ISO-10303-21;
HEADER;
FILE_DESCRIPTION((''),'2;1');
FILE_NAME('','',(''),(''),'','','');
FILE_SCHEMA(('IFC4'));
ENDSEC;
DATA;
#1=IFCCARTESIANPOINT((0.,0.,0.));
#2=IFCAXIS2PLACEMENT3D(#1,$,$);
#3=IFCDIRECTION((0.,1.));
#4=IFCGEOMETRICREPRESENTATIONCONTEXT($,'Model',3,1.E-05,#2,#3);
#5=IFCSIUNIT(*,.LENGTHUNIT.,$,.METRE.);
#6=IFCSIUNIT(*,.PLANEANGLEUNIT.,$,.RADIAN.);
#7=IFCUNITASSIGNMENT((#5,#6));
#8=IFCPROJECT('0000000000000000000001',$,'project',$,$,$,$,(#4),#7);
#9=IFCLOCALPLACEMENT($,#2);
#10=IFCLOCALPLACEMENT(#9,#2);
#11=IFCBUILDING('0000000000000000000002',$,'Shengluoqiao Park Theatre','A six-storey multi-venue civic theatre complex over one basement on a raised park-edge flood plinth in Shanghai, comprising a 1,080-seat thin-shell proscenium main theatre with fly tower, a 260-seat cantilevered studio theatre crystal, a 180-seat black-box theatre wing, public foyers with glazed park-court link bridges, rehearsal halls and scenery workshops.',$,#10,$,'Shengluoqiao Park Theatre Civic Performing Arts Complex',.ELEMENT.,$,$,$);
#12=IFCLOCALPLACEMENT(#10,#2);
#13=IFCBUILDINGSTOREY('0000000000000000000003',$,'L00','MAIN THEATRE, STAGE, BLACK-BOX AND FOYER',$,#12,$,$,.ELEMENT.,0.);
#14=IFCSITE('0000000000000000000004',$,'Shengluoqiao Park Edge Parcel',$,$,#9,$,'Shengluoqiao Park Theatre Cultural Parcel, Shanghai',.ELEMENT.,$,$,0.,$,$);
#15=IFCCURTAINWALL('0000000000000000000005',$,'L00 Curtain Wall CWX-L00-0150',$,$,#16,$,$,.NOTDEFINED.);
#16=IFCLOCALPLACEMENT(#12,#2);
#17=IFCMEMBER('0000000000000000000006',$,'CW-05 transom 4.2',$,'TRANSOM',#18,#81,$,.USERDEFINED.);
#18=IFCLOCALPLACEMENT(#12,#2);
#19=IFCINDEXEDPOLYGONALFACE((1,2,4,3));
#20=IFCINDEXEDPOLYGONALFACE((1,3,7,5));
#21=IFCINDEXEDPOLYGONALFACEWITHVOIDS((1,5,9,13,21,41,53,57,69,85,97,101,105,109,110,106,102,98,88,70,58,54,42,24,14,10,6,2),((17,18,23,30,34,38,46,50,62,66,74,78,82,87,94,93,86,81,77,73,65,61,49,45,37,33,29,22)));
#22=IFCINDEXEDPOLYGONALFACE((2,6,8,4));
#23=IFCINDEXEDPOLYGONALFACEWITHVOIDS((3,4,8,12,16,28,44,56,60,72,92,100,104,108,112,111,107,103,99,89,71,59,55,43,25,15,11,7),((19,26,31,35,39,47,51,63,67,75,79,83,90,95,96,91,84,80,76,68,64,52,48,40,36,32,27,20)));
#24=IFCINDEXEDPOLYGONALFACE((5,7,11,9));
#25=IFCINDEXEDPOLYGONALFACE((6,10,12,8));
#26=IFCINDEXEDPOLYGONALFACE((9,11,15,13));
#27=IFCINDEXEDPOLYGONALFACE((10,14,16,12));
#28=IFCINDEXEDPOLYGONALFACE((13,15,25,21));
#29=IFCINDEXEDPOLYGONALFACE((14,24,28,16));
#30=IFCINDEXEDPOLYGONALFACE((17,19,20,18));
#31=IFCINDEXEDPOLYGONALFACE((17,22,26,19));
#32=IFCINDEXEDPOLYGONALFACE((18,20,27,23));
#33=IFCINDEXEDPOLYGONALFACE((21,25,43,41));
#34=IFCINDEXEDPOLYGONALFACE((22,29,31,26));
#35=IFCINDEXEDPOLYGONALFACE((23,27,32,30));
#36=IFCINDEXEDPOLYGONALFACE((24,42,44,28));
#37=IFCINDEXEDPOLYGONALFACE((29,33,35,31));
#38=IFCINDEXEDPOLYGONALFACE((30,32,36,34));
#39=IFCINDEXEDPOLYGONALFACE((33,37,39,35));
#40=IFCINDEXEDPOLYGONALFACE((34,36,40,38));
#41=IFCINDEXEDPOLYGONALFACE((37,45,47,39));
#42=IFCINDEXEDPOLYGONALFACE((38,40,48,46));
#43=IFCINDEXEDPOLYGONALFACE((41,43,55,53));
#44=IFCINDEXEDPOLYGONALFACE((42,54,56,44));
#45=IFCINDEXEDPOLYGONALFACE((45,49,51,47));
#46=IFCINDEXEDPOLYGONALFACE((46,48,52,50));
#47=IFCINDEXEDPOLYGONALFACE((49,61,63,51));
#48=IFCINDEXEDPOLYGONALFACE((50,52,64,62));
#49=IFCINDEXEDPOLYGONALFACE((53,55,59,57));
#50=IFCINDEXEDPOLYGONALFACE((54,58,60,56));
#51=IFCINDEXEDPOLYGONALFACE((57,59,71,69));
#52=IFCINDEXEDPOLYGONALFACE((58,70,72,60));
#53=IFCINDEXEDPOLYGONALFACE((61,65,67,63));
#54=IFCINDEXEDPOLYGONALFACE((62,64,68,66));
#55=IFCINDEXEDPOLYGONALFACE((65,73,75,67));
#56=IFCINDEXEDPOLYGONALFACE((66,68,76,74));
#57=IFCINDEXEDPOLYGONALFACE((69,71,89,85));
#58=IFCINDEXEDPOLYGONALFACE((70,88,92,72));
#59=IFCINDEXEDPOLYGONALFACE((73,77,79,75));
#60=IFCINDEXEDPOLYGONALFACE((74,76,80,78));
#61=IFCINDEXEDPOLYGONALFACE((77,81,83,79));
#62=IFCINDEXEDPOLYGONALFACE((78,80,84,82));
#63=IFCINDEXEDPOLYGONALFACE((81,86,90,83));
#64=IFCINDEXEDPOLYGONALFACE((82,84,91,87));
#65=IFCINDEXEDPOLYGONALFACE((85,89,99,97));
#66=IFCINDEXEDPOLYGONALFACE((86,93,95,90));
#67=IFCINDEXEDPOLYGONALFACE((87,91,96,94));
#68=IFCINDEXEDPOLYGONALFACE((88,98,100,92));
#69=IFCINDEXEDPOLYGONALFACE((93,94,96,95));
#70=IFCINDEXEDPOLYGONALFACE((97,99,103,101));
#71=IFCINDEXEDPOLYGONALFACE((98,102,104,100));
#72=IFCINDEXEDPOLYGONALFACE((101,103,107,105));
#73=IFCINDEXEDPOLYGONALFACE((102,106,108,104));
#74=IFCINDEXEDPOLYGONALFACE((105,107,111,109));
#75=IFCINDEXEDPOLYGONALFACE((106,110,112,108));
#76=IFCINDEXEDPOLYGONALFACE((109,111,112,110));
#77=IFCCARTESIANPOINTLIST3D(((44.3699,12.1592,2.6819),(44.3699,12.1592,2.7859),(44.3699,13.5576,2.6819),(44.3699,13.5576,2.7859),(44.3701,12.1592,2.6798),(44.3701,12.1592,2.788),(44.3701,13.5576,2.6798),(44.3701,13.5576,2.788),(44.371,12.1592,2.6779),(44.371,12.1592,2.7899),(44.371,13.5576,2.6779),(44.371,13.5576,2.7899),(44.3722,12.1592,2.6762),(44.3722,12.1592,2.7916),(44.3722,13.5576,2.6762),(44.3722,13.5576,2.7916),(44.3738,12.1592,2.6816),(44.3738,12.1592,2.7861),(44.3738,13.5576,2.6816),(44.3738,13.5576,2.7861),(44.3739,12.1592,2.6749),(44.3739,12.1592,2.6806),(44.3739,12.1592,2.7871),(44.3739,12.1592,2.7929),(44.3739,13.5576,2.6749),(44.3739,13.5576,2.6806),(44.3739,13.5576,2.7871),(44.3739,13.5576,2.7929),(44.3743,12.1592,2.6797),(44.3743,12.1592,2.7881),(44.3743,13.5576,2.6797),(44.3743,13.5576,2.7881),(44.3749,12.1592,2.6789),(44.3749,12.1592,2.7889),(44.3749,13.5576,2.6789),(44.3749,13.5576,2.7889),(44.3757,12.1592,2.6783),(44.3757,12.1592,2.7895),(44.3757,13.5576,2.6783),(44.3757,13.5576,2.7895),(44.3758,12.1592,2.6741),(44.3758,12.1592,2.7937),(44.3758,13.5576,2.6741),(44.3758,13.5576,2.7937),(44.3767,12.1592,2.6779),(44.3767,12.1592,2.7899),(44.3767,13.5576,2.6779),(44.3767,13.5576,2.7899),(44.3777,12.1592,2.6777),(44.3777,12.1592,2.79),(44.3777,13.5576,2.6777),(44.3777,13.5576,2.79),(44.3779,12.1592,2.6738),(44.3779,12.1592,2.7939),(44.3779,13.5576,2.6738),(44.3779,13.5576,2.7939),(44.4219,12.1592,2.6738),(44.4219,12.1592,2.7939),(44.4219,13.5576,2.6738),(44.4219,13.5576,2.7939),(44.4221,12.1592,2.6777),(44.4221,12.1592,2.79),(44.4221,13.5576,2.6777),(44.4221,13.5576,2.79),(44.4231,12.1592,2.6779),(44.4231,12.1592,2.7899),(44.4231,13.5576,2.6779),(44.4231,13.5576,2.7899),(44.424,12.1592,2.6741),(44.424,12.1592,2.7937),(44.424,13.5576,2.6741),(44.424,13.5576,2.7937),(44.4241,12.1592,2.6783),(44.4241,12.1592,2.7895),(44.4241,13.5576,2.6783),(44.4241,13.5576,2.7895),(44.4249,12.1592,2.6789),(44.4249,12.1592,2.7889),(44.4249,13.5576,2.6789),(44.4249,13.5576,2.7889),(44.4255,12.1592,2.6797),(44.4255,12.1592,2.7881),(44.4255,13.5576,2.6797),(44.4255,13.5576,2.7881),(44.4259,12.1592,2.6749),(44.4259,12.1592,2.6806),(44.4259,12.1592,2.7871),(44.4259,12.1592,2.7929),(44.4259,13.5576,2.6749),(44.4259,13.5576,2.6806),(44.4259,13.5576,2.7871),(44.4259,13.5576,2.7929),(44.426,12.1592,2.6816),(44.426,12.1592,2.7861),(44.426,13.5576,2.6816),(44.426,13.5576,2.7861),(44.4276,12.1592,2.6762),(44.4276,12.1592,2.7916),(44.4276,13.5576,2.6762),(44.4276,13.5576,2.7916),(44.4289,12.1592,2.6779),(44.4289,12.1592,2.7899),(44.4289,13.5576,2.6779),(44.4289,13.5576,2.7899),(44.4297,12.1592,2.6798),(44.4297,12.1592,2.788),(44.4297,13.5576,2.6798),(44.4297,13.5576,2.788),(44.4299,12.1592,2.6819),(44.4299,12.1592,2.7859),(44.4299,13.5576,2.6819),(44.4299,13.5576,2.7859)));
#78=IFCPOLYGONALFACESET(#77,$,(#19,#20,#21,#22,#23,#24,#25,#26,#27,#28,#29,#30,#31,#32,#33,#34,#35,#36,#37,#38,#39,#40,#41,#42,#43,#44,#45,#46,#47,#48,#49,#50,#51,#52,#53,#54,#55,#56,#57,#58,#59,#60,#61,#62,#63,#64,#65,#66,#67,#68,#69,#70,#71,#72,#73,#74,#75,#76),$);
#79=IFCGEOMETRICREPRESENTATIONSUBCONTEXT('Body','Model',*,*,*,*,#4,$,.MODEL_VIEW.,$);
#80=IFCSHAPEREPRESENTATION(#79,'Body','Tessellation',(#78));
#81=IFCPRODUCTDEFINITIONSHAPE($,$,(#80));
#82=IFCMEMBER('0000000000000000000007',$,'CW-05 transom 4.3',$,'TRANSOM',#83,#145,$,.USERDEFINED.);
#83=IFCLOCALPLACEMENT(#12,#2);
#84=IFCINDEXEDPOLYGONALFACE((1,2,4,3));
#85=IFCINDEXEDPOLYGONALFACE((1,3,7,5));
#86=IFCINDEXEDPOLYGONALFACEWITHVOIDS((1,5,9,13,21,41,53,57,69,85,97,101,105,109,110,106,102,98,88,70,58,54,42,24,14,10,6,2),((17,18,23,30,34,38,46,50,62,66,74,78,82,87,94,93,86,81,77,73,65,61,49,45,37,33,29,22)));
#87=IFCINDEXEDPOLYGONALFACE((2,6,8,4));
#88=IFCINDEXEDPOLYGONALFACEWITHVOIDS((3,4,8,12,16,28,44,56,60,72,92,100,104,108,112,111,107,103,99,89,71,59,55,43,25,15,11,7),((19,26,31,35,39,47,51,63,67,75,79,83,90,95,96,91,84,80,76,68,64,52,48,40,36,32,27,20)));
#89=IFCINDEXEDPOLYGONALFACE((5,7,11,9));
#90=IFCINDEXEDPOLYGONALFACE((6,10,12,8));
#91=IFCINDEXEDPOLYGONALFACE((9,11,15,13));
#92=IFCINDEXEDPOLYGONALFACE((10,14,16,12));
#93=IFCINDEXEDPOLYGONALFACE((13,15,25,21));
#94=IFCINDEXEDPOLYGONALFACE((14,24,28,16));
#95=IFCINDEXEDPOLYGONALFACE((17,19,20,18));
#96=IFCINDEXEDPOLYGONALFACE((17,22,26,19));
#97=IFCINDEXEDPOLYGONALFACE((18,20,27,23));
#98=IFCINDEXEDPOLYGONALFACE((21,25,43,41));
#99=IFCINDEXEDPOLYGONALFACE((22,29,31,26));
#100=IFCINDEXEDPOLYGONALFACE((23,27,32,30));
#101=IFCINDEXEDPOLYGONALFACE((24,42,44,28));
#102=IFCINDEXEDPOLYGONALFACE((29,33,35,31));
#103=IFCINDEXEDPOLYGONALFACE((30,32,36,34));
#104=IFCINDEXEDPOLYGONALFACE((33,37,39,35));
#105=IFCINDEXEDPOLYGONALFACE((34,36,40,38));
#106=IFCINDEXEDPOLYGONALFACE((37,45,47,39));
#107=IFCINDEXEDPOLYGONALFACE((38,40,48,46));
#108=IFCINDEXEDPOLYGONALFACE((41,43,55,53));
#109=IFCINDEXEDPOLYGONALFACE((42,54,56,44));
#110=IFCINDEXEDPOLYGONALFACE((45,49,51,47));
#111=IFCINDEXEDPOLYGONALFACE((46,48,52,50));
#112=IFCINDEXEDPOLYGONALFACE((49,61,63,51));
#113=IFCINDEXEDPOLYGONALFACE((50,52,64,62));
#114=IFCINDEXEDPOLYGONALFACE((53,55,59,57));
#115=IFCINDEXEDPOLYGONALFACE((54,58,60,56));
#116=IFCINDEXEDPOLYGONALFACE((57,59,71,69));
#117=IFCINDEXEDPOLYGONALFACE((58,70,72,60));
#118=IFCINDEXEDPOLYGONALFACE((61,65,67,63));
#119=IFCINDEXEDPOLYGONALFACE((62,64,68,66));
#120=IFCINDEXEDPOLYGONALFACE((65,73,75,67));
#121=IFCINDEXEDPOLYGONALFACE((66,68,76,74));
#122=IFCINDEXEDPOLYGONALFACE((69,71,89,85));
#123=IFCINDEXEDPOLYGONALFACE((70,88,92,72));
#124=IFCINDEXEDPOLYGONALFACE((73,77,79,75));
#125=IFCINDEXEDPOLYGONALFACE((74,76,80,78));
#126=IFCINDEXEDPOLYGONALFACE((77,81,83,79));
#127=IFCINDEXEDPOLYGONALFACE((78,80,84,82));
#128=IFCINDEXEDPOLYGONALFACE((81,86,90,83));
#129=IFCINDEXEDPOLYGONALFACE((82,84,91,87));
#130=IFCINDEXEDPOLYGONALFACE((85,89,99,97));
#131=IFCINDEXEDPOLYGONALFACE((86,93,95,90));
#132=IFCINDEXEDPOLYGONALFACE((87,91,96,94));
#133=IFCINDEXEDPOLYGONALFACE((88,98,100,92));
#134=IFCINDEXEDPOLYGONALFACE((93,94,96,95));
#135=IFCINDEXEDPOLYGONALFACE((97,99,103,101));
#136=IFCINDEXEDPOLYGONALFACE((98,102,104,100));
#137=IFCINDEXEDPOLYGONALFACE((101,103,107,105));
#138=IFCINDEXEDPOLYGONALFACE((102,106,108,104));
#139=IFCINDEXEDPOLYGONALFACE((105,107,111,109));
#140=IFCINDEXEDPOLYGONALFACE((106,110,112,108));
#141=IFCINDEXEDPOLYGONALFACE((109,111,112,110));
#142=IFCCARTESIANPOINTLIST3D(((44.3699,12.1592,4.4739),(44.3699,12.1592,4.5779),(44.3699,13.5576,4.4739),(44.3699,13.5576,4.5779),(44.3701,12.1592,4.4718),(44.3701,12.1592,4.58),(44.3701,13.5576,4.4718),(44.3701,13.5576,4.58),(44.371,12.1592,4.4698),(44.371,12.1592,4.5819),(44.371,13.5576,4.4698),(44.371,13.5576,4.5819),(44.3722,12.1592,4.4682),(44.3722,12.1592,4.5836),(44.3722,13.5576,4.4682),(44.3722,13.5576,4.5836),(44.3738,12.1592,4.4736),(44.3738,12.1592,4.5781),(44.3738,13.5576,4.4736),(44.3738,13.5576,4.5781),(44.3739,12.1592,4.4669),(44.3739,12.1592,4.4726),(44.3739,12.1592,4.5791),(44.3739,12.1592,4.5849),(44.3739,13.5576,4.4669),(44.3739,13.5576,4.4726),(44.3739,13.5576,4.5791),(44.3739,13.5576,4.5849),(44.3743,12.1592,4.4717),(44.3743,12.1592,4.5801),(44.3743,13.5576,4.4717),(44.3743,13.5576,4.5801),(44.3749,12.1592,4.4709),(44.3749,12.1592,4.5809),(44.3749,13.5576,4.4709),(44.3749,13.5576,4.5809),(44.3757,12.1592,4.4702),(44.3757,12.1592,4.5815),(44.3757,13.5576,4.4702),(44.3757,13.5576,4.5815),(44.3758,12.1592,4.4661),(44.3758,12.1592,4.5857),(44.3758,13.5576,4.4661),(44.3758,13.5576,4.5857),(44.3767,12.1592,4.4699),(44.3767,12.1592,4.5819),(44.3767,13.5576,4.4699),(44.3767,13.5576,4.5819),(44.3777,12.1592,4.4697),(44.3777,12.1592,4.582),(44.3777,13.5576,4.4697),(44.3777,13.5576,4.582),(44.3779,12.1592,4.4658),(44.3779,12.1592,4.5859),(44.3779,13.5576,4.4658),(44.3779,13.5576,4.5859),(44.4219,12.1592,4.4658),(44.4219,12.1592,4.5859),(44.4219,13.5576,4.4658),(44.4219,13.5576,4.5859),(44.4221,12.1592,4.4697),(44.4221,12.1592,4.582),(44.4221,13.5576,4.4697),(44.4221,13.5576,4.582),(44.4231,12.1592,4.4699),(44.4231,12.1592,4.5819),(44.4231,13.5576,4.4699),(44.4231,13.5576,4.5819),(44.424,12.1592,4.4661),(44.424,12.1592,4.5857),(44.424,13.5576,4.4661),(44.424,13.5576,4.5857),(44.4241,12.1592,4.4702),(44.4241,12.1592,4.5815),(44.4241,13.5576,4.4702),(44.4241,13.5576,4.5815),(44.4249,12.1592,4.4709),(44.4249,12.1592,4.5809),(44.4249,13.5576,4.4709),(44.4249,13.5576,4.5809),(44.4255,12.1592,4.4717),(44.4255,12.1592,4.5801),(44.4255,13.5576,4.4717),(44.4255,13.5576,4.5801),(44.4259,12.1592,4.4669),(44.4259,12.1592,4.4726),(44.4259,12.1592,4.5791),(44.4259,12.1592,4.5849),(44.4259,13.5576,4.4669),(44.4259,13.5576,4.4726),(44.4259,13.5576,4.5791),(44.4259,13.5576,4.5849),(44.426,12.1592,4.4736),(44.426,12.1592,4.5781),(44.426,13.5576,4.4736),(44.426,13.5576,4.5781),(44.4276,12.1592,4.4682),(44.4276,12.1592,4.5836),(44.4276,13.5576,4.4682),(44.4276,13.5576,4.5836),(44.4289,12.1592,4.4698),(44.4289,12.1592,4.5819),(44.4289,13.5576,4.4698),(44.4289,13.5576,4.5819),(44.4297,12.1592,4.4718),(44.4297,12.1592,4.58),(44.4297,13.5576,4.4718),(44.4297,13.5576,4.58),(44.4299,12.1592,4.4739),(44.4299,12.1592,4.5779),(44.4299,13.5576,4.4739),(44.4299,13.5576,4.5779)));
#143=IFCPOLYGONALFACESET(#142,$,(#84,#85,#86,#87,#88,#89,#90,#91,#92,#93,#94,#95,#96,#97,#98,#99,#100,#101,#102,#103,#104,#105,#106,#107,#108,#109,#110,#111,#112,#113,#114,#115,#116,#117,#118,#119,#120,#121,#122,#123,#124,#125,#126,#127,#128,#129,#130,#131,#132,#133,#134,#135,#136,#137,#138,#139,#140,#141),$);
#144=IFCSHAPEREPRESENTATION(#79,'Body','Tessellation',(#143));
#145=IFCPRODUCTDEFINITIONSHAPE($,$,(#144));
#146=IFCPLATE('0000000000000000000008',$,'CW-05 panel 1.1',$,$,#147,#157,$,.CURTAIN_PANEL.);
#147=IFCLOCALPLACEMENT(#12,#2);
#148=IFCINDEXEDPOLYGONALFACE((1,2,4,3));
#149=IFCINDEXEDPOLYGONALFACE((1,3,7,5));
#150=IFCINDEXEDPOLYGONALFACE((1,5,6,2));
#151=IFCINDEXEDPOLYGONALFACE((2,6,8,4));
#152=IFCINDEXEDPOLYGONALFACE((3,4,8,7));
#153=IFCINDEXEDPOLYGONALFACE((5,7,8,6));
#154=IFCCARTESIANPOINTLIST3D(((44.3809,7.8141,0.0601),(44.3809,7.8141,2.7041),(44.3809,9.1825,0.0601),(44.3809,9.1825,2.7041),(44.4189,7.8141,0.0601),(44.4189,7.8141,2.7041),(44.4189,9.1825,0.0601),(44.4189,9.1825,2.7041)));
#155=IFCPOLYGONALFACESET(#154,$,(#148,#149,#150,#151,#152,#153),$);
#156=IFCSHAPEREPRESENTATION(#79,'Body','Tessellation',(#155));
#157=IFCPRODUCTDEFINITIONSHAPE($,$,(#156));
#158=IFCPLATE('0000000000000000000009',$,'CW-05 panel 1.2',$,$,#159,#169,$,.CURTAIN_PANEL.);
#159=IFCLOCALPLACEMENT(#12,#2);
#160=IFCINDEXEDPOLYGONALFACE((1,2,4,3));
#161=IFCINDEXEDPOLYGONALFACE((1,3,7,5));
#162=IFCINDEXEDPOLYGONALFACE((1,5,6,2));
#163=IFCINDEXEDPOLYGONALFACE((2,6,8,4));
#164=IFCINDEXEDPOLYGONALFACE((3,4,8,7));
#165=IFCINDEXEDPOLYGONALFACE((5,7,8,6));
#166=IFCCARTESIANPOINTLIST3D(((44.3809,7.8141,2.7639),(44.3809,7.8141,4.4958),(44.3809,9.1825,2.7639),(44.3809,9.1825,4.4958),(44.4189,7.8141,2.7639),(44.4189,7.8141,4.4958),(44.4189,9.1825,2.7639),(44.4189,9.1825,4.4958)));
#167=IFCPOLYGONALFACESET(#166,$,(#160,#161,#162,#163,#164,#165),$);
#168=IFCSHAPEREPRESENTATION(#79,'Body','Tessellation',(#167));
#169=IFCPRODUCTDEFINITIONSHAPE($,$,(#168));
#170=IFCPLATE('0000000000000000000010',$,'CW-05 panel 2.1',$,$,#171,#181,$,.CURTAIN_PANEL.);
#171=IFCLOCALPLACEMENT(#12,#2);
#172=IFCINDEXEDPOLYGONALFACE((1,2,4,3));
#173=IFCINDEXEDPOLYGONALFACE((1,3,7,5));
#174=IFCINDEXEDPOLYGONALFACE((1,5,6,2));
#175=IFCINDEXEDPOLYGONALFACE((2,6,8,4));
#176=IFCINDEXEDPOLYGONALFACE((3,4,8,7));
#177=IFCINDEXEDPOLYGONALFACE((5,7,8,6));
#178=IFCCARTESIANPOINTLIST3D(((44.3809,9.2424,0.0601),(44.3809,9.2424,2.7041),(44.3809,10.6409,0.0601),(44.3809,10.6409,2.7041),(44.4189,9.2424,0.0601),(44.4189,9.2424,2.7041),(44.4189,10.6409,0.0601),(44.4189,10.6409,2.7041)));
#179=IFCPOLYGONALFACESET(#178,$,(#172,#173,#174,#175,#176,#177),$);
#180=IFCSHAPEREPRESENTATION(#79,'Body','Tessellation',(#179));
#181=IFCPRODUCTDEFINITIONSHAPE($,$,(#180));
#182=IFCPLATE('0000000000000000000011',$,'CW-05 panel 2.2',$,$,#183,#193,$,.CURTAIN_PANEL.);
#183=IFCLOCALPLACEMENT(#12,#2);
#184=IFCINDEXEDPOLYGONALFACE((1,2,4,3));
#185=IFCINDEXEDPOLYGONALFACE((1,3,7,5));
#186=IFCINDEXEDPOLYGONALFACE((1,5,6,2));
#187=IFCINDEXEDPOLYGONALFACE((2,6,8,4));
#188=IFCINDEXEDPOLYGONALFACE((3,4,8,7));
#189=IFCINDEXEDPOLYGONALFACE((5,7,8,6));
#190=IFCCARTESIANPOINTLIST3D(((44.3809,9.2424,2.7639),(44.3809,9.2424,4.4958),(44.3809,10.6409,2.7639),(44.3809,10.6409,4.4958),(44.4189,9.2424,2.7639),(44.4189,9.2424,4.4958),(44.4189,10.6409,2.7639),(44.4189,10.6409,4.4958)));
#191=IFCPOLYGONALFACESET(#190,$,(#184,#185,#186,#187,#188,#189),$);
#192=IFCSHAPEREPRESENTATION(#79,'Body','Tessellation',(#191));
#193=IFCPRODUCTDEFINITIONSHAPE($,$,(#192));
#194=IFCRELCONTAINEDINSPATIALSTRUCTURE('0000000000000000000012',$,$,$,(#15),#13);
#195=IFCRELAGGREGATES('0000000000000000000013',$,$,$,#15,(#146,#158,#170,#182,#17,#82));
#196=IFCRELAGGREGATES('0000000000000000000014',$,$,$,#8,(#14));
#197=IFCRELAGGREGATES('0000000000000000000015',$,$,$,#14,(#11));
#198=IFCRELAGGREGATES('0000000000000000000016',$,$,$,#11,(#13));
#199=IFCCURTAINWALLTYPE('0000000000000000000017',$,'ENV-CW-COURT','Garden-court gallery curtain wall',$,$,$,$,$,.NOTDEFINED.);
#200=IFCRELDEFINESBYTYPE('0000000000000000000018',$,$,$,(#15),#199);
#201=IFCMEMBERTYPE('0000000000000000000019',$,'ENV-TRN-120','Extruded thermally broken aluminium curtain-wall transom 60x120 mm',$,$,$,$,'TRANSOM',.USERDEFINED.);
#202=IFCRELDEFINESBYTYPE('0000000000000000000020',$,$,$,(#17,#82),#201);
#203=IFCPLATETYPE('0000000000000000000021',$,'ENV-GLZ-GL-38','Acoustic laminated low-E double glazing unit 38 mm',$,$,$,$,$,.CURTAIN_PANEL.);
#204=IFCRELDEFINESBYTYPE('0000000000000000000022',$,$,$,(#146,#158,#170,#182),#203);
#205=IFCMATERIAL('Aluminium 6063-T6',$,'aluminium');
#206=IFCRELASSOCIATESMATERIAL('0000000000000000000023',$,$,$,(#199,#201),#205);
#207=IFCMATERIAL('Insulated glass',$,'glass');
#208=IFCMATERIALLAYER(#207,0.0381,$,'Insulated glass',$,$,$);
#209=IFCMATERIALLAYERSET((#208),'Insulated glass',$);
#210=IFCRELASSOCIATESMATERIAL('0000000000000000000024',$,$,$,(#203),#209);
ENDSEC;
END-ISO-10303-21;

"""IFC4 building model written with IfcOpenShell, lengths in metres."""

from ifc_helpers import new_model, si_unit, direction, frame, origin, origin_2d, place, context, subcontext, project, spatial, rectangle, hollow_rectangle, extrude, material, layer, layer_set, material_profile, profile_set, type_object, element, aggregate, save


model = new_model("IFC4")

# Units and contexts
model_context = context("Model", 3, precision=1e-05, world=origin(), true_north=direction((0.0, 1.0)))
body_context = subcontext(model_context, "Body", "Model", "MODEL_VIEW")
ifc_project = project(units=[si_unit("LENGTHUNIT", "METRE"), si_unit("PLANEANGLEUNIT", "RADIAN")], contexts=[model_context])

# Site, building, storey
site_placement = place(None, origin())
site = spatial("IfcSite", under=ifc_project, at=site_placement, Name="Shengluoqiao Park Edge Parcel", LongName="Shengluoqiao Park Theatre Cultural Parcel, Shanghai", CompositionType="ELEMENT", RefElevation=0.0)
building_placement = place(site_placement, origin())
building = spatial("IfcBuilding", under=site, at=building_placement, Name="Shengluoqiao Park Theatre", Description="A six-storey multi-venue civic theatre complex over one basement on a raised park-edge flood plinth in Shanghai, comprising a 1,080-seat thin-shell proscenium main theatre with fly tower, a 260-seat cantilevered studio theatre crystal, a 180-seat black-box theatre wing, public foyers with glazed park-court link bridges, rehearsal halls and scenery workshops.", LongName="Shengluoqiao Park Theatre Civic Performing Arts Complex", CompositionType="ELEMENT")
storey_placement = place(building_placement, origin())
storey = spatial("IfcBuildingStorey", under=building, at=storey_placement, Name="L00", Description="MAIN THEATRE, STAGE, BLACK-BOX AND FOYER", CompositionType="ELEMENT", Elevation=0.0)

# Curtain wall
ifc_material_1 = material(Name="Aluminium 6063-T6", Category="aluminium")
curtain_wall_type = type_object("IfcCurtainWallType", Name="ENV-CW-COURT", Description="Garden-court gallery curtain wall", PredefinedType="NOTDEFINED", material=ifc_material_1)
curtain_wall_1_placement = place(storey_placement, origin())
curtain_wall_1 = element("IfcCurtainWall", 1, at=curtain_wall_1_placement, inside=storey, type_object=curtain_wall_type, Name="L00 Curtain Wall CWX-L00-0150", PredefinedType="NOTDEFINED")

# Members
ifc_material_profile_1 = material_profile(ifc_material_1, hollow_rectangle(XDim=0.0601, YDim=0.1201, WallThickness=0.0039, InnerFilletRadius=0.0039, OuterFilletRadius=0.0081, at=origin_2d()), Name="ALU TRANSOM 120x60x4")
ifc_profile_set_1 = profile_set([ifc_material_profile_1], Name="Aluminium 6063-T6")
member_type_1 = type_object("IfcMemberType", Name="ENV-TRN-120", Description="Extruded thermally broken aluminium curtain-wall transom 60x120 mm", ElementType="TRANSOM", PredefinedType="USERDEFINED", material=ifc_profile_set_1)
member_1_placement = place(storey_placement, frame((44.3999, 12.1592, 2.7339), z_axis=(0.0, 1.0, 0.0), x_axis=(-1.0, 0.0, 0.0)))
member_1 = element("IfcMember", 2, at=member_1_placement, type_object=member_type_1, Name="CW-05 transom 4.2", ObjectType="TRANSOM", PredefinedType="USERDEFINED", context=body_context, shape_type="SweptSolid", body=[
    extrude(hollow_rectangle(XDim=0.0601, YDim=0.1201, WallThickness=0.0039, InnerFilletRadius=0.0039, OuterFilletRadius=0.0081, at=origin_2d()), origin(), (0.0, 0.0, 1.0), 1.3984),
])
member_2_placement = place(storey_placement, frame((44.3999, 12.1592, 4.5259), z_axis=(0.0, 1.0, 0.0), x_axis=(-1.0, 0.0, 0.0)))
member_2 = element("IfcMember", 3, at=member_2_placement, type_object=member_type_1, Name="CW-05 transom 4.3", ObjectType="TRANSOM", PredefinedType="USERDEFINED", context=body_context, shape_type="SweptSolid", body=[
    extrude(hollow_rectangle(XDim=0.0601, YDim=0.1201, WallThickness=0.0039, InnerFilletRadius=0.0039, OuterFilletRadius=0.0081, at=origin_2d()), origin(), (0.0, 0.0, 1.0), 1.3984),
])

# Plates
ifc_material_2 = material(Name="Insulated glass", Category="glass")
ifc_layer_1 = layer(ifc_material_2, 0.0381, Name="Insulated glass")
ifc_layer_set_1 = layer_set([ifc_layer_1], Name="Insulated glass")
plate_type_1 = type_object("IfcPlateType", Name="ENV-GLZ-GL-38", Description="Acoustic laminated low-E double glazing unit 38 mm", PredefinedType="CURTAIN_PANEL", material=ifc_layer_set_1)
plate_1_placement = place(storey_placement, frame((44.3999, 8.4983, 0.0601), z_axis=(0.0, 0.0, 1.0), x_axis=(0.0, 1.0, 0.0)))
plate_1 = element("IfcPlate", 4, at=plate_1_placement, type_object=plate_type_1, Name="CW-05 panel 1.1", PredefinedType="CURTAIN_PANEL", context=body_context, shape_type="SweptSolid", body=[
    extrude(rectangle(XDim=1.3684, YDim=0.0381, at=origin_2d()), origin(), (0.0, 0.0, 1.0), 2.644),
])
plate_2_placement = place(storey_placement, frame((44.3999, 8.4983, 2.7639), z_axis=(0.0, 0.0, 1.0), x_axis=(0.0, 1.0, 0.0)))
plate_2 = element("IfcPlate", 5, at=plate_2_placement, type_object=plate_type_1, Name="CW-05 panel 1.2", PredefinedType="CURTAIN_PANEL", context=body_context, shape_type="SweptSolid", body=[
    extrude(rectangle(XDim=1.3684, YDim=0.0381, at=origin_2d()), origin(), (0.0, 0.0, 1.0), 1.7319),
])
plate_3_placement = place(storey_placement, frame((44.3999, 9.9417, 0.0601), z_axis=(0.0, 0.0, 1.0), x_axis=(0.0, 1.0, 0.0)))
plate_3 = element("IfcPlate", 6, at=plate_3_placement, type_object=plate_type_1, Name="CW-05 panel 2.1", PredefinedType="CURTAIN_PANEL", context=body_context, shape_type="SweptSolid", body=[
    extrude(rectangle(XDim=1.3984, YDim=0.0381, at=origin_2d()), origin(), (0.0, 0.0, 1.0), 2.644),
])
plate_4_placement = place(storey_placement, frame((44.3999, 9.9417, 2.7639), z_axis=(0.0, 0.0, 1.0), x_axis=(0.0, 1.0, 0.0)))
plate_4 = element("IfcPlate", 7, at=plate_4_placement, type_object=plate_type_1, Name="CW-05 panel 2.2", PredefinedType="CURTAIN_PANEL", context=body_context, shape_type="SweptSolid", body=[
    extrude(rectangle(XDim=1.3984, YDim=0.0381, at=origin_2d()), origin(), (0.0, 0.0, 1.0), 1.7319),
])
aggregate(curtain_wall_1, [plate_1, plate_2, plate_3, plate_4, member_1, member_2])

save(model, "model.ifc")
